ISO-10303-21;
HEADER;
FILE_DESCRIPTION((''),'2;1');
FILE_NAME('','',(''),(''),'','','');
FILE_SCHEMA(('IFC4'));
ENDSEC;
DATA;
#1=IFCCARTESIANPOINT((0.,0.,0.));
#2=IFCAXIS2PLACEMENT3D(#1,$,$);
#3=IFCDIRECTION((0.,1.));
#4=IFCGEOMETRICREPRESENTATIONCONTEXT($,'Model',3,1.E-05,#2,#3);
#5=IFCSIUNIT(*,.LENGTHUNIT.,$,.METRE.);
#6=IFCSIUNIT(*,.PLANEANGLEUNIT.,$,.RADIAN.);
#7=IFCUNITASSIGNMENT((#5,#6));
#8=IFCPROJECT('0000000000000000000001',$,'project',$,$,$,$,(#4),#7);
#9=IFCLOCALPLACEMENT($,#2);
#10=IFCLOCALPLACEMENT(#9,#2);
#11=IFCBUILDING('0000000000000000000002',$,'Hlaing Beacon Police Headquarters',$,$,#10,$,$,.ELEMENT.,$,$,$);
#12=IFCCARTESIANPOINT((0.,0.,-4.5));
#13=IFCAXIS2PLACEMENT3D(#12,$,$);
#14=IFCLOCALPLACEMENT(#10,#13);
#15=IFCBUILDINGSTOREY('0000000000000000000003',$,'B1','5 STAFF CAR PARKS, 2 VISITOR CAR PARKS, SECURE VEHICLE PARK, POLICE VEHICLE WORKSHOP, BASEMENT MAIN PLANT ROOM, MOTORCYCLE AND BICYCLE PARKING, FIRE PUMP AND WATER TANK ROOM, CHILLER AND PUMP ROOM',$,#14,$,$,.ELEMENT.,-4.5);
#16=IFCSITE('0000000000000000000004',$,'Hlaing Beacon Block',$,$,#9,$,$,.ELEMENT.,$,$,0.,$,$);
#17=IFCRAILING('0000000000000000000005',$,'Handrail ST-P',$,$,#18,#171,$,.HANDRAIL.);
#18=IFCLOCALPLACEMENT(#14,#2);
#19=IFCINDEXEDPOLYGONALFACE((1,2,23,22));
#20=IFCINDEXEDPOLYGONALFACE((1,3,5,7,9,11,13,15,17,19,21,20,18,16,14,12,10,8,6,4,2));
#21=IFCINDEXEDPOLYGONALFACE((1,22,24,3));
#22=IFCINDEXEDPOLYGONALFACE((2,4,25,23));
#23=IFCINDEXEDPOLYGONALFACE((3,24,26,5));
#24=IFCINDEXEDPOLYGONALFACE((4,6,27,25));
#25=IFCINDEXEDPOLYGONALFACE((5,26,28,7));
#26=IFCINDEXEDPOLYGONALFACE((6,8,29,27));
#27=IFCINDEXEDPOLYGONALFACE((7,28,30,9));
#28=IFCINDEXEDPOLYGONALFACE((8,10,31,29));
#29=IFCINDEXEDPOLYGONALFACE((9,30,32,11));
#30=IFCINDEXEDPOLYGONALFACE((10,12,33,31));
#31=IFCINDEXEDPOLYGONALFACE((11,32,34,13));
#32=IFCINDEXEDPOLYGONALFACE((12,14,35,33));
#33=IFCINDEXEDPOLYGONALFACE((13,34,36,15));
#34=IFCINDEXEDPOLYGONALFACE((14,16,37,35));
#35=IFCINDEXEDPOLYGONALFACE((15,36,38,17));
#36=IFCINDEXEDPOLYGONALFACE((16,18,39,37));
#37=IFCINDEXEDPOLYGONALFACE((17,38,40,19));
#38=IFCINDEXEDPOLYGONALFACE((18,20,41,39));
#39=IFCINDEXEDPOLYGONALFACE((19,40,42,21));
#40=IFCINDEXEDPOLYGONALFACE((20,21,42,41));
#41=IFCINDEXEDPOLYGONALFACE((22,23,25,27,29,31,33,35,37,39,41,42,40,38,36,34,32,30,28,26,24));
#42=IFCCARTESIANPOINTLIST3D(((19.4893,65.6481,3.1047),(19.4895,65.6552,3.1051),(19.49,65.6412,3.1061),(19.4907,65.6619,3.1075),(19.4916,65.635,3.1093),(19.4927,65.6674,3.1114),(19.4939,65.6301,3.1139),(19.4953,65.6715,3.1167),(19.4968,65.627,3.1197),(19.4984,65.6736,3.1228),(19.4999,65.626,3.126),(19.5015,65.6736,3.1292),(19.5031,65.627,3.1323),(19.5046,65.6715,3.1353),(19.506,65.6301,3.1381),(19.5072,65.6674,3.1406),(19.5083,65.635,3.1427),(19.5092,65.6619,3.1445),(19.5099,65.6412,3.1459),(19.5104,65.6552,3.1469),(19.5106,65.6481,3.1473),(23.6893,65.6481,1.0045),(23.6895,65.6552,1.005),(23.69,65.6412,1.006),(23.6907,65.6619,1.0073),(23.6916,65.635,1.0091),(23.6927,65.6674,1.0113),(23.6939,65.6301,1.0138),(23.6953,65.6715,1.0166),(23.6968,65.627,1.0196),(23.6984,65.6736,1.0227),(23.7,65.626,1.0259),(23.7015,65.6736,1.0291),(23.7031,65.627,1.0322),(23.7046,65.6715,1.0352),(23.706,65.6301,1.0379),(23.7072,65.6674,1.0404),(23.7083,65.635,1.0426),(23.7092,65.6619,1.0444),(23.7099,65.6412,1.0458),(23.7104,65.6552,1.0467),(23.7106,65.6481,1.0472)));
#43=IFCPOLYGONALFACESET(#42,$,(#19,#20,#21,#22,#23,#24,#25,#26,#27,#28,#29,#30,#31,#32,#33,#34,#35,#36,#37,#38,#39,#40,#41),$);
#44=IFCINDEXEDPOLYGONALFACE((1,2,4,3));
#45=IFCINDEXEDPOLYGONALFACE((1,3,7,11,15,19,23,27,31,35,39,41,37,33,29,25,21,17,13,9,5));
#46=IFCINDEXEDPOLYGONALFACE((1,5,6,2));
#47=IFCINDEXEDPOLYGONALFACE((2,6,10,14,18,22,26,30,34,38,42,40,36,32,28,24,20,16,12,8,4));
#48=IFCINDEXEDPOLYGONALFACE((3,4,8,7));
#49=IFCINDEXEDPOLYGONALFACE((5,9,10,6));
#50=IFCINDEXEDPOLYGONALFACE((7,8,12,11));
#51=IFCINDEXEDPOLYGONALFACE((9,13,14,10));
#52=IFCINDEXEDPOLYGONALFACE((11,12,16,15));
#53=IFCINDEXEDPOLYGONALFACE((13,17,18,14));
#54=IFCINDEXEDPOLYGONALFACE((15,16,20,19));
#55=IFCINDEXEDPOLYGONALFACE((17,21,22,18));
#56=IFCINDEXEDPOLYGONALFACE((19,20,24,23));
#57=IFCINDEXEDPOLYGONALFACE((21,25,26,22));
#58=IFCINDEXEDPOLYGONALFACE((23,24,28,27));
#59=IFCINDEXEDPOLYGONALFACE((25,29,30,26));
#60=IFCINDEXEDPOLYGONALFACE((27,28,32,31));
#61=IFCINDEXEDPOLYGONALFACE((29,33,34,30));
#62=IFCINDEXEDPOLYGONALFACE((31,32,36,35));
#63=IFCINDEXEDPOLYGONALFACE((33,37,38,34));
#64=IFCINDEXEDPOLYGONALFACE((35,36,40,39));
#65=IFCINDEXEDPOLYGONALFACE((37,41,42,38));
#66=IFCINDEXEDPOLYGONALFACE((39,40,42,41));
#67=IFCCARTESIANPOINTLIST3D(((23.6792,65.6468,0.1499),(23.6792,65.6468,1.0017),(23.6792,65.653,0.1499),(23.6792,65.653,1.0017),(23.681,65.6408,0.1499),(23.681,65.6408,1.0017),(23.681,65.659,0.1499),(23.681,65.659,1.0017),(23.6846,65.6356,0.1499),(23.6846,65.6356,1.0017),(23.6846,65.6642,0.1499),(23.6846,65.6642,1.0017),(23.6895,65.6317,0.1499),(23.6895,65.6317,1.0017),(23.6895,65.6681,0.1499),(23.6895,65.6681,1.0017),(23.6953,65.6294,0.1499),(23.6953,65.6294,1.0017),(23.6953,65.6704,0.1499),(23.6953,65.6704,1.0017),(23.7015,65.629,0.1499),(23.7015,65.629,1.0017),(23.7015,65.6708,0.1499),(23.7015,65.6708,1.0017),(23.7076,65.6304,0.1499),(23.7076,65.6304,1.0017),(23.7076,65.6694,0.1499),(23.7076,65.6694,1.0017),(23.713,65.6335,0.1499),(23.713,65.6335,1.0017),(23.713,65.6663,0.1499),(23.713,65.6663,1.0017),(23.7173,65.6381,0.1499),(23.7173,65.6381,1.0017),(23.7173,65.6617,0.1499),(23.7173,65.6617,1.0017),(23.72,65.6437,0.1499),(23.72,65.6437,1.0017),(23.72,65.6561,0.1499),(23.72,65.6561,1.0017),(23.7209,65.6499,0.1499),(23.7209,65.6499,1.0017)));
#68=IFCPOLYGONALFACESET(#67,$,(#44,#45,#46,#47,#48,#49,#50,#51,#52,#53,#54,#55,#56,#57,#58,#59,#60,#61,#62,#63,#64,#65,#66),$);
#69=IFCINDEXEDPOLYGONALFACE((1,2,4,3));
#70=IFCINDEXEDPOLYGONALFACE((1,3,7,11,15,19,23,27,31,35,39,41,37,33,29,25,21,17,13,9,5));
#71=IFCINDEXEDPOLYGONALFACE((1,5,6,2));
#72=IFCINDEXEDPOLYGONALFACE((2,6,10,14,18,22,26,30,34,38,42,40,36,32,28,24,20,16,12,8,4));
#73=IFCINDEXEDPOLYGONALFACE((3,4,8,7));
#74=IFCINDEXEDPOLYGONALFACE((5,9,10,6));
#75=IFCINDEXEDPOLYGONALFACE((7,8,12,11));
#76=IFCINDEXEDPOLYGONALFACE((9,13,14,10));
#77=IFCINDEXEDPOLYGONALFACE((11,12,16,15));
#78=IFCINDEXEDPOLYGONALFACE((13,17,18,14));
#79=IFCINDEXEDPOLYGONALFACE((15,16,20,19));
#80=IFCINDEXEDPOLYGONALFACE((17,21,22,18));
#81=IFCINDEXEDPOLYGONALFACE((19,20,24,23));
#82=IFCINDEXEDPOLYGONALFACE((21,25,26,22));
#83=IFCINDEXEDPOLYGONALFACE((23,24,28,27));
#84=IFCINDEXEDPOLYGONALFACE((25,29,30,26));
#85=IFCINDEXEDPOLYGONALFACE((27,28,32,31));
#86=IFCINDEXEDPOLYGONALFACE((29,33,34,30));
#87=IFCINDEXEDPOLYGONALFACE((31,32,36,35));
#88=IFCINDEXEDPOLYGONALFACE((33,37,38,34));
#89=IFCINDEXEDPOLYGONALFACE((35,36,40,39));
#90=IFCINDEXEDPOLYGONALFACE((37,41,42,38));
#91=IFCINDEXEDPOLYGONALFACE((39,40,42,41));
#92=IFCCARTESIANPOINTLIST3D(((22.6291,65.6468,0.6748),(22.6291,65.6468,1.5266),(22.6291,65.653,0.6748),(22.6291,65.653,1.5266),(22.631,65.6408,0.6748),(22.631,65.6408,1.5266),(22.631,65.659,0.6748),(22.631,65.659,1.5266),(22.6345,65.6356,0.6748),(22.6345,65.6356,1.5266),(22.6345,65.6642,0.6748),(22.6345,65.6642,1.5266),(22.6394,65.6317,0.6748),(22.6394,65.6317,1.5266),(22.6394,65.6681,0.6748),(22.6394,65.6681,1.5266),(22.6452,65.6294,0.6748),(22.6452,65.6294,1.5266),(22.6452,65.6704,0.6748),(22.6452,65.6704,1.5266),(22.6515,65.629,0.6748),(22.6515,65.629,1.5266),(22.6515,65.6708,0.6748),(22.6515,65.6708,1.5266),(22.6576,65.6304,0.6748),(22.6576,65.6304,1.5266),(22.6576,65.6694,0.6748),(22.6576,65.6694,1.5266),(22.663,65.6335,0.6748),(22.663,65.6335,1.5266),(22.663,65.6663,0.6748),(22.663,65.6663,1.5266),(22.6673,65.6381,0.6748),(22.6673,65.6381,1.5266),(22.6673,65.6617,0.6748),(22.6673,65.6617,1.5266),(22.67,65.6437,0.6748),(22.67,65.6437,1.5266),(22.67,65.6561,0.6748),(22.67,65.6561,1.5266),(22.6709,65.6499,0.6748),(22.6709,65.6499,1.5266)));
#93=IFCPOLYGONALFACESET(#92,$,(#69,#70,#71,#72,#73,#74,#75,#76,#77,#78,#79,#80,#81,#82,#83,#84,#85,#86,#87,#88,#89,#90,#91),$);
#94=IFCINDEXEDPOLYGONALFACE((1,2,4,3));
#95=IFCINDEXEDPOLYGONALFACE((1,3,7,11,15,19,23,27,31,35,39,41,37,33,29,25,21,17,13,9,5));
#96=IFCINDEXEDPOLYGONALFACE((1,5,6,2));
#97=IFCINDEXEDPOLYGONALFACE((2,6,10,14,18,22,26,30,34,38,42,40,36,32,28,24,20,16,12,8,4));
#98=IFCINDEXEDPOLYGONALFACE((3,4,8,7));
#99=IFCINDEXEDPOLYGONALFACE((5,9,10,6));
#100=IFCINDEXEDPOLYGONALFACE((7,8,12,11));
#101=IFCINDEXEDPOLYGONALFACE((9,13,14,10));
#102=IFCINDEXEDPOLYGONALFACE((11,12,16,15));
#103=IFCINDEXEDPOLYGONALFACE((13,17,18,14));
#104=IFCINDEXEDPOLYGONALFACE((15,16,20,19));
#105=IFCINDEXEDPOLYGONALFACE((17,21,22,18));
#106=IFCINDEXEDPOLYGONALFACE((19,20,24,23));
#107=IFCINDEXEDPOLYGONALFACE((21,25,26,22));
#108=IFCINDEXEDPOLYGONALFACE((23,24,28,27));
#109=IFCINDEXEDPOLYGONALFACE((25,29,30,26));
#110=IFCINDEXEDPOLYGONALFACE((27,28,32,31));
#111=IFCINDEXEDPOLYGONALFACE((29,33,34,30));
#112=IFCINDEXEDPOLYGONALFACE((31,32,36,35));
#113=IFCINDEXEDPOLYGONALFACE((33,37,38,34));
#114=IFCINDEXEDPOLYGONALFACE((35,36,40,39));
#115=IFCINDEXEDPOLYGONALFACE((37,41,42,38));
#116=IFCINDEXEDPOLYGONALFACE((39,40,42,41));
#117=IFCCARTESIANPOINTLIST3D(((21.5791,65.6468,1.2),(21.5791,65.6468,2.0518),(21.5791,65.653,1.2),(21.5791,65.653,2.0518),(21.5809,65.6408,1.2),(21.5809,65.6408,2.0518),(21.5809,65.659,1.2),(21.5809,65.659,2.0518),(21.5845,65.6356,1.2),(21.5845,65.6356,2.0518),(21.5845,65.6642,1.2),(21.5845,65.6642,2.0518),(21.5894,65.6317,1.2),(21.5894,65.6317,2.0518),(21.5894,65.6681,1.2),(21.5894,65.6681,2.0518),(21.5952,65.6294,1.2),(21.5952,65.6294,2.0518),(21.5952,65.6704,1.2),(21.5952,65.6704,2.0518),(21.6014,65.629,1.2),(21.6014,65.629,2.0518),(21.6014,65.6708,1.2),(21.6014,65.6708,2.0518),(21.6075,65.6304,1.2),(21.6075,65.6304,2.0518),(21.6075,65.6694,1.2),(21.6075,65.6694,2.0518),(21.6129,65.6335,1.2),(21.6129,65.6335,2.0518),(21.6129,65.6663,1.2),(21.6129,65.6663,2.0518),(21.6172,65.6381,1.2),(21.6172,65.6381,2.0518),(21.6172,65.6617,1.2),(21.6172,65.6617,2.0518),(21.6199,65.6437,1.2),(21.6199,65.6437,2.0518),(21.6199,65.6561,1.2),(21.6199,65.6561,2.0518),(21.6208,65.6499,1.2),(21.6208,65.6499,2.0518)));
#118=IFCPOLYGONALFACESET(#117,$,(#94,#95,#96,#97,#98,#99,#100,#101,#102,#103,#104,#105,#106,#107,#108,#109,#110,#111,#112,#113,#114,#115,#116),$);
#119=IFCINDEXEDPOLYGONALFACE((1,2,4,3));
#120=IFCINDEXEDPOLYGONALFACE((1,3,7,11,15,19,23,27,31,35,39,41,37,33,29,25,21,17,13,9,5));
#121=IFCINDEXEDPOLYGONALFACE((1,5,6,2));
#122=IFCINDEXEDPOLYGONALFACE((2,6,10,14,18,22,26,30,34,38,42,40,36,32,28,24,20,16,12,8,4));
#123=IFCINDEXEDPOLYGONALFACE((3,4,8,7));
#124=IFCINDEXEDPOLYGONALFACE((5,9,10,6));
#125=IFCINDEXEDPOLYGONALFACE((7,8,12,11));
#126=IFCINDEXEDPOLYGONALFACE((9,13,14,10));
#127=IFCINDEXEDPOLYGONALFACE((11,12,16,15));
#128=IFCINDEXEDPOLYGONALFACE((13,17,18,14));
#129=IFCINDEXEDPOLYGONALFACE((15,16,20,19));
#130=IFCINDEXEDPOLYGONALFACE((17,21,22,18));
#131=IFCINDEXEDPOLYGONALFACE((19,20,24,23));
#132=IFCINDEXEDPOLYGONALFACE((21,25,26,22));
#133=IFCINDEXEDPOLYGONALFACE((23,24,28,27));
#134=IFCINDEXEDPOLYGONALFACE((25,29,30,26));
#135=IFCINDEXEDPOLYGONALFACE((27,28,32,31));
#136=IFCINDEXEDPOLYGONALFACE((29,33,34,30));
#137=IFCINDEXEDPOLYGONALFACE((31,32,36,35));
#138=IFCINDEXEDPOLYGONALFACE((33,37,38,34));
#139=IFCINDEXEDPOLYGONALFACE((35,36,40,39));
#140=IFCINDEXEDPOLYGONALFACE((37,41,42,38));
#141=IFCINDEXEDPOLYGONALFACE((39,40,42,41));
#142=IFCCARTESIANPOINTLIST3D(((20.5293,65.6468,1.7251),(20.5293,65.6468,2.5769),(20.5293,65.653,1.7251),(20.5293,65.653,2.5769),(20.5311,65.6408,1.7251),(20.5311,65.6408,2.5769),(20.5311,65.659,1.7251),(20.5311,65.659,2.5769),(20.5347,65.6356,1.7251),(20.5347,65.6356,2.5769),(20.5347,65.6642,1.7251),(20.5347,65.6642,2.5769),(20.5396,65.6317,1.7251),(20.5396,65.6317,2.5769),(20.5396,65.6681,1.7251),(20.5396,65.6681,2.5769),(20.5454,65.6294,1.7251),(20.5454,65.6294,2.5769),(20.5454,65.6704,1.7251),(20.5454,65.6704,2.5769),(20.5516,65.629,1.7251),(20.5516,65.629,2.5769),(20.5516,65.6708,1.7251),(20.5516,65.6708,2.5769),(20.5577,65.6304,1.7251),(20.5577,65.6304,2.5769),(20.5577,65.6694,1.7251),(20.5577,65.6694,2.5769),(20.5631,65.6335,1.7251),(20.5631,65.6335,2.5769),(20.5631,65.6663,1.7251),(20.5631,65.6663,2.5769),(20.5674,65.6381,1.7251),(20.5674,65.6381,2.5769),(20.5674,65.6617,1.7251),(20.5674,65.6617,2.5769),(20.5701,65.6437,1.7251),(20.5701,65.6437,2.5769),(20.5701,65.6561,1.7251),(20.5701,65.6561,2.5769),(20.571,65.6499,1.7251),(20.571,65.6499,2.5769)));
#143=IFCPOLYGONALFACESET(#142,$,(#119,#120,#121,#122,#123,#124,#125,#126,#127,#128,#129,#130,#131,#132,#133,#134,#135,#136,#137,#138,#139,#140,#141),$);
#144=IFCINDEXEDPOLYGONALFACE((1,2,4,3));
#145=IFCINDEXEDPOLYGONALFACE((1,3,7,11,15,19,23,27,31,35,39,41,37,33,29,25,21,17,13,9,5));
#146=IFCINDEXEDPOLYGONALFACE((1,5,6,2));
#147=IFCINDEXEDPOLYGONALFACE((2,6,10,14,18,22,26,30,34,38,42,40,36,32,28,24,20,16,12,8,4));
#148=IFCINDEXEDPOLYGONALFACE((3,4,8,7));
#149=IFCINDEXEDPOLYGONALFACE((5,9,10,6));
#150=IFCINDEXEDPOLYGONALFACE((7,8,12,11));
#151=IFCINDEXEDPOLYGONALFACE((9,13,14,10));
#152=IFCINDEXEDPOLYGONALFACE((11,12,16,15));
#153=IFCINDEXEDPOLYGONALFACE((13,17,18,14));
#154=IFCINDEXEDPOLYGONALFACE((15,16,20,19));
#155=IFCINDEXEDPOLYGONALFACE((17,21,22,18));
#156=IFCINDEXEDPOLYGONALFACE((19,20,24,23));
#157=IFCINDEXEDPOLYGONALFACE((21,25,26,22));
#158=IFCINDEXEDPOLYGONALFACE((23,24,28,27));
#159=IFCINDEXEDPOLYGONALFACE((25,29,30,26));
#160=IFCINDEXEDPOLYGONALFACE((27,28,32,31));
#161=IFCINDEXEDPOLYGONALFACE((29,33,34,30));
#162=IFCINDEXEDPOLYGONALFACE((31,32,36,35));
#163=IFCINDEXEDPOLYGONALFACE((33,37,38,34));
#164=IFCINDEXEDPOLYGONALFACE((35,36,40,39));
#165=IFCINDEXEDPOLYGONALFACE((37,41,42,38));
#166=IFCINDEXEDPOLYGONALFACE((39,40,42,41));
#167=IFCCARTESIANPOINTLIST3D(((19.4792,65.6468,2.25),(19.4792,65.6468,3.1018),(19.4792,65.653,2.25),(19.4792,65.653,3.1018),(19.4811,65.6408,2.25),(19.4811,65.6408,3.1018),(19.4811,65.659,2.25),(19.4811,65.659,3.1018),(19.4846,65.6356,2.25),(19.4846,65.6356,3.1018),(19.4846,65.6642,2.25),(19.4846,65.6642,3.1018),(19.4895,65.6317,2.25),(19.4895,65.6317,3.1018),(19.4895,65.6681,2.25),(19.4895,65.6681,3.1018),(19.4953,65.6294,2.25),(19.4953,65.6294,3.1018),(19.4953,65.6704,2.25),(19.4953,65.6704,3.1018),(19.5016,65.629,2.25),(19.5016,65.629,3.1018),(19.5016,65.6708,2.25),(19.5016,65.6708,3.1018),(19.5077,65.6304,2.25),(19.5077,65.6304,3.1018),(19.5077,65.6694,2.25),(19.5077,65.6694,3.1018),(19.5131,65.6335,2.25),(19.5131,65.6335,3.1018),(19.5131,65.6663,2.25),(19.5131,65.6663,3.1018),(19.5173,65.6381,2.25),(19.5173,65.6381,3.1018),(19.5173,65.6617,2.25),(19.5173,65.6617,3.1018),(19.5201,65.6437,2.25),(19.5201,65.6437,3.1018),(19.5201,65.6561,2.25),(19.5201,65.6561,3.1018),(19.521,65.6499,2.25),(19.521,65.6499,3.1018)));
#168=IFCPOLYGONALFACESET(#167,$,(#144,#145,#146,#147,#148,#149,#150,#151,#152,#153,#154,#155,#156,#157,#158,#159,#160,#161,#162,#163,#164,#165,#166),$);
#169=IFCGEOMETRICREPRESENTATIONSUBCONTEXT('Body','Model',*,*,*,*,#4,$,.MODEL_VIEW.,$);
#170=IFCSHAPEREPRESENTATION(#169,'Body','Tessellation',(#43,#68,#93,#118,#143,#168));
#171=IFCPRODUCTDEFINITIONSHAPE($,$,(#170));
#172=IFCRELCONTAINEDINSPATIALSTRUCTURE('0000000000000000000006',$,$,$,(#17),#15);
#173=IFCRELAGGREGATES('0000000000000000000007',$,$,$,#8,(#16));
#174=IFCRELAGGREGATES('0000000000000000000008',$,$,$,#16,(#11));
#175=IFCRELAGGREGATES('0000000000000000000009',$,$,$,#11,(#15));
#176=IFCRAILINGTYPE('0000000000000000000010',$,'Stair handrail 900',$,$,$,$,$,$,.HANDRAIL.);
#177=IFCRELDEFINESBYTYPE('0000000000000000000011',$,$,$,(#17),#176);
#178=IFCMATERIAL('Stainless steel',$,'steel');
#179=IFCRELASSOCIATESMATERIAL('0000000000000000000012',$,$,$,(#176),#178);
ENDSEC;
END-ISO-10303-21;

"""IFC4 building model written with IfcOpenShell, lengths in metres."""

from ifc_helpers import new_model, si_unit, direction, frame, origin, origin_2d, place, context, subcontext, project, spatial, circle, extrude, material, type_object, element, save


model = new_model("IFC4")

# Units and contexts
model_context = context("Model", 3, precision=1e-05, world=origin(), true_north=direction((0.0, 1.0)))
body_context = subcontext(model_context, "Body", "Model", "MODEL_VIEW")
ifc_project = project(units=[si_unit("LENGTHUNIT", "METRE"), si_unit("PLANEANGLEUNIT", "RADIAN")], contexts=[model_context])

# Site, building, storey
site_placement = place(None, origin())
site = spatial("IfcSite", under=ifc_project, at=site_placement, Name="Hlaing Beacon Block", CompositionType="ELEMENT", RefElevation=0.0)
building_placement = place(site_placement, origin())
building = spatial("IfcBuilding", under=site, at=building_placement, Name="Hlaing Beacon Police Headquarters", CompositionType="ELEMENT")
storey_placement = place(building_placement, frame((0.0, 0.0, -4.5)))
storey = spatial("IfcBuildingStorey", under=building, at=storey_placement, Name="B1", Description="5 STAFF CAR PARKS, 2 VISITOR CAR PARKS, SECURE VEHICLE PARK, POLICE VEHICLE WORKSHOP, BASEMENT MAIN PLANT ROOM, MOTORCYCLE AND BICYCLE PARKING, FIRE PUMP AND WATER TANK ROOM, CHILLER AND PUMP ROOM", CompositionType="ELEMENT", Elevation=-4.5)

# Railing
ifc_material_1 = material(Name="Stainless steel", Category="steel")
railing_type = type_object("IfcRailingType", Name="Stair handrail 900", PredefinedType="HANDRAIL", material=ifc_material_1)
railing_placement = place(storey_placement, frame((23.7, 65.6499, 0.1499)))
element("IfcRailing", 1, at=railing_placement, inside=storey, type_object=railing_type, Name="Handrail ST-P", PredefinedType="HANDRAIL", context=body_context, shape_type="SweptSolid", body=[
    extrude(circle(Radius=0.0239, at=origin_2d()), frame((0.0, 0.0, 0.876), z_axis=(-0.894417, 0.0, 0.447234), x_axis=(0.0, -1.0, 0.0)), (0.0, 0.0, 1.0), 4.6958),
    extrude(circle(Radius=0.021, at=origin_2d()), origin(), (0.0, 0.0, 1.0), 0.8518),
    extrude(circle(Radius=0.021, at=origin_2d()), frame((-1.05, 0.0, 0.5249)), (0.0, 0.0, 1.0), 0.8518),
    extrude(circle(Radius=0.021, at=origin_2d()), frame((-2.1001, 0.0, 1.05)), (0.0, 0.0, 1.0), 0.8518),
    extrude(circle(Radius=0.021, at=origin_2d()), frame((-3.1499, 0.0, 1.5752)), (0.0, 0.0, 1.0), 0.8518),
    extrude(circle(Radius=0.021, at=origin_2d()), frame((-4.2, 0.0, 2.1001)), (0.0, 0.0, 1.0), 0.8518),
])

save(model, "model.ifc")
